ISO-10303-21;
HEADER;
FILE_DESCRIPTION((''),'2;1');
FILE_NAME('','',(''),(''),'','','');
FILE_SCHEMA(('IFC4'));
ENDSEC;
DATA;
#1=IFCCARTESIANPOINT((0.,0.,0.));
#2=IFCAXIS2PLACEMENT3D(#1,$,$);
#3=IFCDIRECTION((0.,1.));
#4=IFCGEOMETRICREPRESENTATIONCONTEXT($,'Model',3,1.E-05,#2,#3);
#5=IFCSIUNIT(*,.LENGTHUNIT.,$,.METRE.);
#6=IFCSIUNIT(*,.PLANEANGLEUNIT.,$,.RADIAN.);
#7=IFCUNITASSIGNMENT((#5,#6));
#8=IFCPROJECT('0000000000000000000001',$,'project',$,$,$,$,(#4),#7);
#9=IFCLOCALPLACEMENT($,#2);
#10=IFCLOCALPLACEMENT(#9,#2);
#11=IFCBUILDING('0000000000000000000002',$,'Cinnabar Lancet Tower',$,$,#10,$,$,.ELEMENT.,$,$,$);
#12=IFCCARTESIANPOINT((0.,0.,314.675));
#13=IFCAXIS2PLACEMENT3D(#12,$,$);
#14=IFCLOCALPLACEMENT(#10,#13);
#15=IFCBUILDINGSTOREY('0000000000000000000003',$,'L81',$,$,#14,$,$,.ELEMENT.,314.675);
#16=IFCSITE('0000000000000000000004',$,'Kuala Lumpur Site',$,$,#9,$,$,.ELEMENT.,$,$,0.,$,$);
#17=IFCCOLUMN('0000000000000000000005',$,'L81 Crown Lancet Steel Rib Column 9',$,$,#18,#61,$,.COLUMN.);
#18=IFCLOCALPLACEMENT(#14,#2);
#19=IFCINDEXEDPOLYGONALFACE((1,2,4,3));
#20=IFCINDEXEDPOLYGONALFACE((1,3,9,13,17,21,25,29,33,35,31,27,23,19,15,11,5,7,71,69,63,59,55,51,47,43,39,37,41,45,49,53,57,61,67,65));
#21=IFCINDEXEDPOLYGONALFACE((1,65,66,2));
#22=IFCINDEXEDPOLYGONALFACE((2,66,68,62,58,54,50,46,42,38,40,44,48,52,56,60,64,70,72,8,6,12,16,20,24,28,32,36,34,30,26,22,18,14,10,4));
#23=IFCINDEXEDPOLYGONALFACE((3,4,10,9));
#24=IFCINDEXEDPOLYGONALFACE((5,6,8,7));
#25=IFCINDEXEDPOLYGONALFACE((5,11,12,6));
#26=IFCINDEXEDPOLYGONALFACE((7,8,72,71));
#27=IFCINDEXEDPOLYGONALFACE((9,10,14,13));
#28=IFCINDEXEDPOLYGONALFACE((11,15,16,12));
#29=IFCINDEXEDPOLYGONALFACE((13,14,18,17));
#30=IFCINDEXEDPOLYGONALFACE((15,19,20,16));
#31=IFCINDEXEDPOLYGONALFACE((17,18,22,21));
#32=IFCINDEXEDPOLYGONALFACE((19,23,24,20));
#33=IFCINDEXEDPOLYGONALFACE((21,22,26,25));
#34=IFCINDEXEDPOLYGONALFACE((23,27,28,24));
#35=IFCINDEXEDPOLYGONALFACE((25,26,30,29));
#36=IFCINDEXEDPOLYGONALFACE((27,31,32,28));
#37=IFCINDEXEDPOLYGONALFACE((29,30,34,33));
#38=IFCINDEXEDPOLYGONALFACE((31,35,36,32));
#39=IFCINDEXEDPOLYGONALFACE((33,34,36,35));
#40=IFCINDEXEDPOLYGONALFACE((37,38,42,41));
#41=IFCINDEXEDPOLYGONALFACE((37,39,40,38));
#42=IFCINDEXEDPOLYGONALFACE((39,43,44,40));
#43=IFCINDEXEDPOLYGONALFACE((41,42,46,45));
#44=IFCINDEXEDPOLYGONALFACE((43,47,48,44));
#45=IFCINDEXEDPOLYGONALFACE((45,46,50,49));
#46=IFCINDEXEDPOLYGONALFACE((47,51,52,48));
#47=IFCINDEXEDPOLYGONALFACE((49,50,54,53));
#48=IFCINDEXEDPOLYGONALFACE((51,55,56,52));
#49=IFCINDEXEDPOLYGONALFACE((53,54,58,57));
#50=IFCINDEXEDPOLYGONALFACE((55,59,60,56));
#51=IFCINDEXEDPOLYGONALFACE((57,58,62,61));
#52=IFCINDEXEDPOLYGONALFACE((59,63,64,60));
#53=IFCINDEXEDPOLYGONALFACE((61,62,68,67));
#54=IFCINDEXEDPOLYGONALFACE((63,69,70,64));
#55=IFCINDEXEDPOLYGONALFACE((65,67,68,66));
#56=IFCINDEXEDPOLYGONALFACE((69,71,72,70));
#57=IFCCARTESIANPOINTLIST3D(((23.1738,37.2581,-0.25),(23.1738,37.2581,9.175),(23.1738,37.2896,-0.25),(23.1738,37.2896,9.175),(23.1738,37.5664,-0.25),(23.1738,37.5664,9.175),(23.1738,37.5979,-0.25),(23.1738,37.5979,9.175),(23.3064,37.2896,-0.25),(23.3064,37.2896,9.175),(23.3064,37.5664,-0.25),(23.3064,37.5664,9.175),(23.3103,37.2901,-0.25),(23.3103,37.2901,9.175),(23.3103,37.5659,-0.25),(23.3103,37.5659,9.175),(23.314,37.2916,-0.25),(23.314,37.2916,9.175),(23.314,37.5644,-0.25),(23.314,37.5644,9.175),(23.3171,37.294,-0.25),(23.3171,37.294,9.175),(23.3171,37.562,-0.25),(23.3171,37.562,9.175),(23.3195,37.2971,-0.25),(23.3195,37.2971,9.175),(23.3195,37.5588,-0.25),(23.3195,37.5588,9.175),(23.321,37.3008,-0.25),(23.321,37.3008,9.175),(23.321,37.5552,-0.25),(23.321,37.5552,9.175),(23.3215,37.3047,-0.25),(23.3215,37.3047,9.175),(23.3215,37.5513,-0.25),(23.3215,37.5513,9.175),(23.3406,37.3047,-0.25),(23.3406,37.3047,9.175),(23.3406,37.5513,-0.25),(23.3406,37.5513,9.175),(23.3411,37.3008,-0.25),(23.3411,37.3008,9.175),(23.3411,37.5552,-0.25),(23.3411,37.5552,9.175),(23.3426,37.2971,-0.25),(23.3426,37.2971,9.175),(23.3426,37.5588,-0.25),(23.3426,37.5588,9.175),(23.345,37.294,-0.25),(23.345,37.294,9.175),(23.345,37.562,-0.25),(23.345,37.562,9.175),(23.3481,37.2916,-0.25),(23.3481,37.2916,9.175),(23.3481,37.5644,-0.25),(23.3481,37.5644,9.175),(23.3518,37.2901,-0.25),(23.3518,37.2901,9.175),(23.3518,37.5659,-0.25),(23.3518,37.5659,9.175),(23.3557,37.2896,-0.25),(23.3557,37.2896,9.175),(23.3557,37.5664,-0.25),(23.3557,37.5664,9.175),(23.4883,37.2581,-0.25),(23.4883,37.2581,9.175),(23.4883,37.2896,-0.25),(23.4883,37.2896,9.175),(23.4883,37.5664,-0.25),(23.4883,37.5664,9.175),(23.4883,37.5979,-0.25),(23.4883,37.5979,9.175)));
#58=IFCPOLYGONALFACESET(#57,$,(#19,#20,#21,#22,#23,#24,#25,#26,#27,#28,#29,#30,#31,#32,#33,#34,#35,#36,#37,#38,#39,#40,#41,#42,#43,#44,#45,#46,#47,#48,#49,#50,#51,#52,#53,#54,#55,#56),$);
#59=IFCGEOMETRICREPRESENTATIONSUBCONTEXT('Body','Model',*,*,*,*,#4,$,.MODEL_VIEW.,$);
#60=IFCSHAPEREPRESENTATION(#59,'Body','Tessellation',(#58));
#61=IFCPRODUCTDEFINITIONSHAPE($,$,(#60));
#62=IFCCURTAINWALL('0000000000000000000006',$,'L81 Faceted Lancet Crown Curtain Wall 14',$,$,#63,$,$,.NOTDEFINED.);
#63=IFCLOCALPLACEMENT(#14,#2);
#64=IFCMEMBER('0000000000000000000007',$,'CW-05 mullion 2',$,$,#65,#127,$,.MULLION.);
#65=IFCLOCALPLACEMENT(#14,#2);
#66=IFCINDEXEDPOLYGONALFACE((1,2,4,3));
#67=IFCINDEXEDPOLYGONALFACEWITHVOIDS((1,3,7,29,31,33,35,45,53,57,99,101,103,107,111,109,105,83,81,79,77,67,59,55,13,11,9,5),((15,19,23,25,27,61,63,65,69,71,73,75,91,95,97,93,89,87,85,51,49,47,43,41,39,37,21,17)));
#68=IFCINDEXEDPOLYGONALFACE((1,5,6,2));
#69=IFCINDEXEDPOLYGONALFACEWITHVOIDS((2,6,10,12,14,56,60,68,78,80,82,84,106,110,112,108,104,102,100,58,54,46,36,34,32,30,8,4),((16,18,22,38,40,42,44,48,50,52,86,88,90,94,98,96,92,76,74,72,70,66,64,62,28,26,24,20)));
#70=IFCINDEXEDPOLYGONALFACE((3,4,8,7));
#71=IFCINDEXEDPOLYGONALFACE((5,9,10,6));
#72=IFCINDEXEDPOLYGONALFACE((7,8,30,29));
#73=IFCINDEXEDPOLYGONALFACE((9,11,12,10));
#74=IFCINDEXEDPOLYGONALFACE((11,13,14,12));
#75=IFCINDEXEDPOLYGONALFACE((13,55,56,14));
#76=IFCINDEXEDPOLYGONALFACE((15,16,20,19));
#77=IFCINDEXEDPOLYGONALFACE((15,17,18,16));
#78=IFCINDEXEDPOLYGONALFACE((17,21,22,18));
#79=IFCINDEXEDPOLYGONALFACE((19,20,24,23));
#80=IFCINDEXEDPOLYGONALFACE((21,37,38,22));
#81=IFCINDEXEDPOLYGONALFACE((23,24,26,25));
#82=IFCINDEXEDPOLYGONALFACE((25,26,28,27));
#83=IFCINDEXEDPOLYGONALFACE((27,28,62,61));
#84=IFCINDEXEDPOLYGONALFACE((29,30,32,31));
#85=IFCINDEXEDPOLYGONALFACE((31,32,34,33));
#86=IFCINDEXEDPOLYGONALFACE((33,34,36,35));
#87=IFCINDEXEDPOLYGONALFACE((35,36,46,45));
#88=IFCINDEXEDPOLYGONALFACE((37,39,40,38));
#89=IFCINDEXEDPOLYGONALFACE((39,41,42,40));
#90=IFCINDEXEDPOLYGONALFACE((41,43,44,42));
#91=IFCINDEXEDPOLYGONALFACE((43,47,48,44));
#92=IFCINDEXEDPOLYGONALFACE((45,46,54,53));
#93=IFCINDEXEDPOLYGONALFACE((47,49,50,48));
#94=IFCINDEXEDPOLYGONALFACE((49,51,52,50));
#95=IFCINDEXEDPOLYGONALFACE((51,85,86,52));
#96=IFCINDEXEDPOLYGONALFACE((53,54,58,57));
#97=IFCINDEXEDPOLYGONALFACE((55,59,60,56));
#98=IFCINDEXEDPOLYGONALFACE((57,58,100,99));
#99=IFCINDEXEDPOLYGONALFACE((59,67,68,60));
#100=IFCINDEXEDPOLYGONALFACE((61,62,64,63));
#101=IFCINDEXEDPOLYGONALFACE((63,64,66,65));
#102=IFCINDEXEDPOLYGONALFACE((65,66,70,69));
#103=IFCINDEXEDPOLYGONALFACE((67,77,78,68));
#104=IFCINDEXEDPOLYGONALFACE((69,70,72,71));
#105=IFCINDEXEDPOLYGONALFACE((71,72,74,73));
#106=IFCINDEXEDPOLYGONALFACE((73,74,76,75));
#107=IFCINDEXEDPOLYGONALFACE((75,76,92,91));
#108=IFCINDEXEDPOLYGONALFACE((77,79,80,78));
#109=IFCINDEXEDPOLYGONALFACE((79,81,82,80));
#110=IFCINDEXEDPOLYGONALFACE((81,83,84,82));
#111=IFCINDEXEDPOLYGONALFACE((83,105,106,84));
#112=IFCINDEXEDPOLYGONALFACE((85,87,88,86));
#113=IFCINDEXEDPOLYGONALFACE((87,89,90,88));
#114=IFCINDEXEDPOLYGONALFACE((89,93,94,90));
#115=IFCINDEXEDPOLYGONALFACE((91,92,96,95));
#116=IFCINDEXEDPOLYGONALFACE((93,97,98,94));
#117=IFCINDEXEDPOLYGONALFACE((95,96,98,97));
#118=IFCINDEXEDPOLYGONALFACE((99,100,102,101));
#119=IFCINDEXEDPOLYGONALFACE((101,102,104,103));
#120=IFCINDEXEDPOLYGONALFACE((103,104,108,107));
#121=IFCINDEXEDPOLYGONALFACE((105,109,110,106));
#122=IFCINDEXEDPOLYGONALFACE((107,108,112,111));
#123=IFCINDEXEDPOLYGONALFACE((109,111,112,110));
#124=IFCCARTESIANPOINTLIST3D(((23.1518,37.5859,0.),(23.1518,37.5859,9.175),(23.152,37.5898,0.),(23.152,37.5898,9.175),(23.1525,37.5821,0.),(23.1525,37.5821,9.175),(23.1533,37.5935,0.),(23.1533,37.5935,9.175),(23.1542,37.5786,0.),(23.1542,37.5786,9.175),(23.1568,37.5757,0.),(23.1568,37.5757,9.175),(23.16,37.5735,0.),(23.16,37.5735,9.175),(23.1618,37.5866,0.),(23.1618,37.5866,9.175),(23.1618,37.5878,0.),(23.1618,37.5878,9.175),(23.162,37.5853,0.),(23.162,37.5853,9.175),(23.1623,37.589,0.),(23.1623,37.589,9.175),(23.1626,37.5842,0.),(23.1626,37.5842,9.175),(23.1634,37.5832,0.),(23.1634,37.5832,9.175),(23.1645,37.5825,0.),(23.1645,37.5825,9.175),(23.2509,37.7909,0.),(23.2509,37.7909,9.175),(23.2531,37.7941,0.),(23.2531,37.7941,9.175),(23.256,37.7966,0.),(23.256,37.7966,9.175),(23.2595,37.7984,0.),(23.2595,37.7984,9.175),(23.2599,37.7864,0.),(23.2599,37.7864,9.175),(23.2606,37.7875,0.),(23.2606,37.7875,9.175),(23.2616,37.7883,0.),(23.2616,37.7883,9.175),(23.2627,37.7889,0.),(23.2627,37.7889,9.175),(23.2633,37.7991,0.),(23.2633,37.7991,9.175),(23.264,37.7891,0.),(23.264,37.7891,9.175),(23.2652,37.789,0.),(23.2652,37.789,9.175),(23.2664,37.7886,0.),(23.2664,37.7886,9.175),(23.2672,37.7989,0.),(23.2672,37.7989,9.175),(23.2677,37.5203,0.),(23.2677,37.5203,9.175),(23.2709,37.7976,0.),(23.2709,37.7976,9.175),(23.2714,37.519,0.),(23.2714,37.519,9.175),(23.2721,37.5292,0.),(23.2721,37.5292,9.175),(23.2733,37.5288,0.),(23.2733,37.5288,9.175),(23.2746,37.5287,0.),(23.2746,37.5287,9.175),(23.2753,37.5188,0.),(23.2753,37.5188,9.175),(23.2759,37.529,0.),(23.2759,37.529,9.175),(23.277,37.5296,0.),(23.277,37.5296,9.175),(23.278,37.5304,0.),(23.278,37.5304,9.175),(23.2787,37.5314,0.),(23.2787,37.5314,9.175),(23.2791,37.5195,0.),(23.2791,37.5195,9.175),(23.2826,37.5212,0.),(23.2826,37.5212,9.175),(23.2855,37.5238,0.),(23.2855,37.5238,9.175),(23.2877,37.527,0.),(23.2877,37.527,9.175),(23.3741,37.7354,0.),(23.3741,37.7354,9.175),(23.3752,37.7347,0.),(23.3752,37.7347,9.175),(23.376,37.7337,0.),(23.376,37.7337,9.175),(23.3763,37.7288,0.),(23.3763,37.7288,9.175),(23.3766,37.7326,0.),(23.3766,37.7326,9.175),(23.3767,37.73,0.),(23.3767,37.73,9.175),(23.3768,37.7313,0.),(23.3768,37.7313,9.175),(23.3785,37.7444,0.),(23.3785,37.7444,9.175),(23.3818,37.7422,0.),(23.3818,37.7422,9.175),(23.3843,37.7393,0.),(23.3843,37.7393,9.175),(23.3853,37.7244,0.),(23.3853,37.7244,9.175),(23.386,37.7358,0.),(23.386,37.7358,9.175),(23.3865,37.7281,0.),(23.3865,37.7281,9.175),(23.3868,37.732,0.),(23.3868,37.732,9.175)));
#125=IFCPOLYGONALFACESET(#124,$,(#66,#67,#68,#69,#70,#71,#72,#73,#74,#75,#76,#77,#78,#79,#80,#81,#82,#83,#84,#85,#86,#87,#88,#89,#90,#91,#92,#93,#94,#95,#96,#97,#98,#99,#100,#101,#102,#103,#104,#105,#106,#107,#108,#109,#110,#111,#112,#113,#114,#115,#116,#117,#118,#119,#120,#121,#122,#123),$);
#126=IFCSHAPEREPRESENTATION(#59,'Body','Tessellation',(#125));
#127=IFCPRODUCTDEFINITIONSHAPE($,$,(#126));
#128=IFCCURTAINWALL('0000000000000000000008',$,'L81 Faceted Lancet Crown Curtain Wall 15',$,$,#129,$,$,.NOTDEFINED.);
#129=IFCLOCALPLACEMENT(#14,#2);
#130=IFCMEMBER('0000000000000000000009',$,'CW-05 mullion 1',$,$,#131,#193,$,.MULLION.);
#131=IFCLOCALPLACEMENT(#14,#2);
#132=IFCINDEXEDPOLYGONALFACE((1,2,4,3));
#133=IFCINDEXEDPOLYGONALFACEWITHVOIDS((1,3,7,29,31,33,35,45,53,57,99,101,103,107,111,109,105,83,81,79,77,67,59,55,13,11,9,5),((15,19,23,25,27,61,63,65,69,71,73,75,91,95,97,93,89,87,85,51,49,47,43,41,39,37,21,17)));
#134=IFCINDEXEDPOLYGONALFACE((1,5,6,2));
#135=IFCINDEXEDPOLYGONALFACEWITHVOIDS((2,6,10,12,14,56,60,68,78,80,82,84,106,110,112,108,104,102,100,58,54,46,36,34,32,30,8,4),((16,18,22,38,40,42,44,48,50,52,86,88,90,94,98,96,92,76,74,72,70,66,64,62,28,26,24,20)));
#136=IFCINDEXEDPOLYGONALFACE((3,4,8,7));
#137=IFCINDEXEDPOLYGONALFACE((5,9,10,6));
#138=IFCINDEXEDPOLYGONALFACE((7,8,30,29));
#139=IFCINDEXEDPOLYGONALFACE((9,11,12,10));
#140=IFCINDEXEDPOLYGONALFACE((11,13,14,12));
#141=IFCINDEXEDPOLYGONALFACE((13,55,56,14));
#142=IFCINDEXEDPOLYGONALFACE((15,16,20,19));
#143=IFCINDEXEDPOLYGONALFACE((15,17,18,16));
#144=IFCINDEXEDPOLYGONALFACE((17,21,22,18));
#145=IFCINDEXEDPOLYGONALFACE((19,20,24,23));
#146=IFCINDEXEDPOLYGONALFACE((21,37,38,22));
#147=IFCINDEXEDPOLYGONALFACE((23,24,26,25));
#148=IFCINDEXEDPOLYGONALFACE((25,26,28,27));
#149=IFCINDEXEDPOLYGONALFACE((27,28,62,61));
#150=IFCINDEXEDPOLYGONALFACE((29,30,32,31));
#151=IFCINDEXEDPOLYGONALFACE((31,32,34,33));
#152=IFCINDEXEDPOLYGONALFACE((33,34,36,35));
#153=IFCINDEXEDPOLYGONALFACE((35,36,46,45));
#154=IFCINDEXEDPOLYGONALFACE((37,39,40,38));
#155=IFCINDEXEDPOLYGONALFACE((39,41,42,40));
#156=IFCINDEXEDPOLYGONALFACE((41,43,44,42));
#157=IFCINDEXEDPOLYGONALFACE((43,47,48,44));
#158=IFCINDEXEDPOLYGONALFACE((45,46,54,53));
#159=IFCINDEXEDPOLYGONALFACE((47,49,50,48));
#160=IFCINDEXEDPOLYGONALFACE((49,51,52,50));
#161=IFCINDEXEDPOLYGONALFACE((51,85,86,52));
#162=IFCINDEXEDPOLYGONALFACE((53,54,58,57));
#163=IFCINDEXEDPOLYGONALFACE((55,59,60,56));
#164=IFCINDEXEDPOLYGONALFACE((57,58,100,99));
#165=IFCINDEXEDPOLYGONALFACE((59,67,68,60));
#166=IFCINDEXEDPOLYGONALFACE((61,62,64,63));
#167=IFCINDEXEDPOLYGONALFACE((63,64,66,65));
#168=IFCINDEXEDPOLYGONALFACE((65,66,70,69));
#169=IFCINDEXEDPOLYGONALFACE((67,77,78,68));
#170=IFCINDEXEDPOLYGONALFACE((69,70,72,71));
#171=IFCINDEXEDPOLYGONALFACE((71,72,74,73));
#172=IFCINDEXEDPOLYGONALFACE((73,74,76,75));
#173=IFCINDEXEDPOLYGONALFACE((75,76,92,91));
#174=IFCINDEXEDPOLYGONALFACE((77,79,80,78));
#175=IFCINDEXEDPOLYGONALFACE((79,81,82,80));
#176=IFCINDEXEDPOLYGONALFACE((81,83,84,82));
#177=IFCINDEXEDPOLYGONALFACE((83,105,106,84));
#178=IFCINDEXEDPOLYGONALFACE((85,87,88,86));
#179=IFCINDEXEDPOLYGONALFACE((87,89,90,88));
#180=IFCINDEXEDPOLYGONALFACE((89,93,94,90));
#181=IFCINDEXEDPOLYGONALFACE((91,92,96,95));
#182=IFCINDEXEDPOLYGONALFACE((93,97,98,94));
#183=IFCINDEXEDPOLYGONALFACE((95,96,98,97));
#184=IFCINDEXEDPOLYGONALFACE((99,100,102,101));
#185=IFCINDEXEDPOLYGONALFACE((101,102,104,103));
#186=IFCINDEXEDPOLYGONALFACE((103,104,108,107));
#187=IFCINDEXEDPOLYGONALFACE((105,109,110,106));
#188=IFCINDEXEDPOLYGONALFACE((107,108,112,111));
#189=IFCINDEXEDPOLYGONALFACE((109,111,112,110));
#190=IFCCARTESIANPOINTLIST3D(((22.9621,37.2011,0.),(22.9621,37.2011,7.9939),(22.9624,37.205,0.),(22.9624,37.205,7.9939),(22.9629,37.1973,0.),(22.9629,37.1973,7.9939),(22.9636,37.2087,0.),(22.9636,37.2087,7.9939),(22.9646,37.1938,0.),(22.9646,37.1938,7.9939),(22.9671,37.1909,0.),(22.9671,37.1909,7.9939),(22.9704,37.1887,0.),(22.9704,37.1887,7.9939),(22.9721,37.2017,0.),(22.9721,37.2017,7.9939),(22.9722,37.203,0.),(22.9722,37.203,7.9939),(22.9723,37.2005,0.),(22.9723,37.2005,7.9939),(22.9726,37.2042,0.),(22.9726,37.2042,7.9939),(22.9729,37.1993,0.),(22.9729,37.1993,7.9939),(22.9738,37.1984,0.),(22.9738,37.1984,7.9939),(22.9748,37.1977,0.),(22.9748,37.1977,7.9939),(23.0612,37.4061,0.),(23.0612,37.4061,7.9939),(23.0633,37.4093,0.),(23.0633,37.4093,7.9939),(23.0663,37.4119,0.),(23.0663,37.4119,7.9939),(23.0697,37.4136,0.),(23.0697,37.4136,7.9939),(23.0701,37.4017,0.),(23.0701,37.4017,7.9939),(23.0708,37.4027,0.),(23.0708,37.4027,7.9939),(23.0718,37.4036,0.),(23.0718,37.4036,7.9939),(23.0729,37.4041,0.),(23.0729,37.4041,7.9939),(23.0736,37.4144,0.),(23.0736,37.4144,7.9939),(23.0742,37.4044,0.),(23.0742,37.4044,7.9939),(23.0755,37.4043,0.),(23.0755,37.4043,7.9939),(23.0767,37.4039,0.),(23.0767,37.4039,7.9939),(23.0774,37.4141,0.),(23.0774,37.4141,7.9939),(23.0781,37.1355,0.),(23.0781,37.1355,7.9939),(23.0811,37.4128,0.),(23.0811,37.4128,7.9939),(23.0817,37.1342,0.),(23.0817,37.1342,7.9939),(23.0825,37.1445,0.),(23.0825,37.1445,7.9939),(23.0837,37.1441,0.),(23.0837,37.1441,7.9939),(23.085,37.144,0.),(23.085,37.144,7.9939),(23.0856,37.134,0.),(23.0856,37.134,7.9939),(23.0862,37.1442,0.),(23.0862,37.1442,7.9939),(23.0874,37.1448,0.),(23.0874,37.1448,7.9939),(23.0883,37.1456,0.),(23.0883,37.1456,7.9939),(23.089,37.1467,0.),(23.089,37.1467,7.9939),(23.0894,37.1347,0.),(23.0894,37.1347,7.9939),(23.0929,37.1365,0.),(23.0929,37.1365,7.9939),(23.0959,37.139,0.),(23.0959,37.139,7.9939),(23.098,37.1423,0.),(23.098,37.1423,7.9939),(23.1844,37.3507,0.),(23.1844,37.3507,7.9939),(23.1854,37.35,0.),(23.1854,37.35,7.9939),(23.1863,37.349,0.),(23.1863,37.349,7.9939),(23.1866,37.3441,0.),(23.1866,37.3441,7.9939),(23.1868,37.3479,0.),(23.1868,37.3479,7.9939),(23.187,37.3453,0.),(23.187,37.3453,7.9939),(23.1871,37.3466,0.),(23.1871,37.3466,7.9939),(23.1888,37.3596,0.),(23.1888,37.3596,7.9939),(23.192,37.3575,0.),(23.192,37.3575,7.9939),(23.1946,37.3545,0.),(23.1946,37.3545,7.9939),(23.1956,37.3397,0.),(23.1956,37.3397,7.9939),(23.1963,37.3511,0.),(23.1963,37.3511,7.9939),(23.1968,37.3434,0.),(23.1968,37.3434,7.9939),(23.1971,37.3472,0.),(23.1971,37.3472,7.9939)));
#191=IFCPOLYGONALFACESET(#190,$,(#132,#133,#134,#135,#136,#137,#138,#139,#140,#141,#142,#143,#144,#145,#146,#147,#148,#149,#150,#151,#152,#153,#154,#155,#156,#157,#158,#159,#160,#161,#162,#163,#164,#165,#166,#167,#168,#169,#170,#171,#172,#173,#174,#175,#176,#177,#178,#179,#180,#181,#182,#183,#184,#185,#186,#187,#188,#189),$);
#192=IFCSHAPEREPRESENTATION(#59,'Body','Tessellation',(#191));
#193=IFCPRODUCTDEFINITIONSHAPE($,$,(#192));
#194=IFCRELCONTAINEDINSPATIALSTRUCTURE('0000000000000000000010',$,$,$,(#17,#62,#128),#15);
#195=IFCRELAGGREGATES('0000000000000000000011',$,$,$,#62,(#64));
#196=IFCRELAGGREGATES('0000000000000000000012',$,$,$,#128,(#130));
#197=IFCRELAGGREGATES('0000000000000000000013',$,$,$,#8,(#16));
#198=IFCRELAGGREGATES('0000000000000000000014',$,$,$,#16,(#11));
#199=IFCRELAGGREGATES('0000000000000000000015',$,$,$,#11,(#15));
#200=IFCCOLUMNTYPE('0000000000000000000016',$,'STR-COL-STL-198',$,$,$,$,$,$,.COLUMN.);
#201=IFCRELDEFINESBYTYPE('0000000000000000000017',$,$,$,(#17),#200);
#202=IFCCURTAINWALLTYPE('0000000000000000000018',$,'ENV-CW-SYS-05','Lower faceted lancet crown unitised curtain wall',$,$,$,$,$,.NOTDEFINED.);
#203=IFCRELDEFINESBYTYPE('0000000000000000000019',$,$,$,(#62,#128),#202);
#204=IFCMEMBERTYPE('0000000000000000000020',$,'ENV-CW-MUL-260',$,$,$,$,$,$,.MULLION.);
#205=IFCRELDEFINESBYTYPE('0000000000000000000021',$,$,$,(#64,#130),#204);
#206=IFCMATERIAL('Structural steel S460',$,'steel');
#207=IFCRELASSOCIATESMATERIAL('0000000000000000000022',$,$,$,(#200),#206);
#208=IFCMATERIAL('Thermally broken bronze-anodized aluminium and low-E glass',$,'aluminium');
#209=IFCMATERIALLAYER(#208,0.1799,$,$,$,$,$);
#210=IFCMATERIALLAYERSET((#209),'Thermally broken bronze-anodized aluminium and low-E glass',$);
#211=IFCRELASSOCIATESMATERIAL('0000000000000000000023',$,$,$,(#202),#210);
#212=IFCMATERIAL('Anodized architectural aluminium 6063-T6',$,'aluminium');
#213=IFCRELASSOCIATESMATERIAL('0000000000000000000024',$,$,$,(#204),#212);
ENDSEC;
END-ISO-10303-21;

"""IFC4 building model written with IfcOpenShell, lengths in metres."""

from ifc_helpers import new_model, si_unit, direction, frame, origin, origin_2d, place, context, subcontext, project, spatial, hollow_rectangle, i_section, extrude, material, layer, layer_set, material_profile, profile_set, type_object, element, aggregate, save


model = new_model("IFC4")

# Units and contexts
model_context = context("Model", 3, precision=1e-05, world=origin(), true_north=direction((0.0, 1.0)))
body_context = subcontext(model_context, "Body", "Model", "MODEL_VIEW")
ifc_project = project(units=[si_unit("LENGTHUNIT", "METRE"), si_unit("PLANEANGLEUNIT", "RADIAN")], contexts=[model_context])

# Site, building, storey
site_placement = place(None, origin())
site = spatial("IfcSite", under=ifc_project, at=site_placement, Name="Kuala Lumpur Site", CompositionType="ELEMENT", RefElevation=0.0)
building_placement = place(site_placement, origin())
building = spatial("IfcBuilding", under=site, at=building_placement, Name="Cinnabar Lancet Tower", CompositionType="ELEMENT")
storey_placement = place(building_placement, frame((0.0, 0.0, 314.675)))
storey = spatial("IfcBuildingStorey", under=building, at=storey_placement, Name="L81", CompositionType="ELEMENT", Elevation=314.675)

# Column
ifc_material_1 = material(Name="Structural steel S460", Category="steel")
ifc_material_profile_1 = material_profile(ifc_material_1, i_section(OverallWidth=0.3145, OverallDepth=0.3398, WebThickness=0.019, FlangeThickness=0.0315, FilletRadius=0.0151, at=origin_2d()), Name="UKC 305x305x198")
ifc_profile_set_1 = profile_set([ifc_material_profile_1], Name="Structural steel S460")
column_type = type_object("IfcColumnType", Name="STR-COL-STL-198", PredefinedType="COLUMN", material=ifc_profile_set_1)
column_placement = place(storey_placement, frame((23.3311, 37.428, -0.25), z_axis=(0.0, 0.0, 1.0), x_axis=(1.0, 0.0, 0.0)))
element("IfcColumn", 1, at=column_placement, inside=storey, type_object=column_type, Name="L81 Crown Lancet Steel Rib Column 9", PredefinedType="COLUMN", context=body_context, shape_type="SweptSolid", body=[
    extrude(i_section(OverallWidth=0.3145, OverallDepth=0.3398, WebThickness=0.019, FlangeThickness=0.0315, FilletRadius=0.0151, at=origin_2d()), origin(), (0.0, 0.0, 1.0), 9.425),
])

# Curtain wall, member
ifc_material_2 = material(Name="Thermally broken bronze-anodized aluminium and low-E glass", Category="aluminium")
ifc_layer_1 = layer(ifc_material_2, 0.1799)
ifc_layer_set_1 = layer_set([ifc_layer_1], Name="Thermally broken bronze-anodized aluminium and low-E glass")
curtain_wall_type = type_object("IfcCurtainWallType", Name="ENV-CW-SYS-05", Description="Lower faceted lancet crown unitised curtain wall", PredefinedType="NOTDEFINED", material=ifc_layer_set_1)
curtain_wall_1_placement = place(storey_placement, origin())
curtain_wall_1 = element("IfcCurtainWall", 2, at=curtain_wall_1_placement, inside=storey, type_object=curtain_wall_type, Name="L81 Faceted Lancet Crown Curtain Wall 14", PredefinedType="NOTDEFINED")
ifc_material_3 = material(Name="Anodized architectural aluminium 6063-T6", Category="aluminium")
ifc_material_profile_2 = material_profile(ifc_material_3, hollow_rectangle(XDim=0.1499, YDim=0.25, WallThickness=0.01, InnerFilletRadius=0.0049, OuterFilletRadius=0.0149, at=origin_2d()), Name="RHS 250x150x10")
ifc_profile_set_2 = profile_set([ifc_material_profile_2], Name="Anodized architectural aluminium 6063-T6")
member_type_1 = type_object("IfcMemberType", Name="ENV-CW-MUL-260", PredefinedType="MULLION", material=ifc_profile_set_2)
member_1_placement = place(storey_placement, frame((23.2693, 37.6589, 0.0), z_axis=(0.0, 0.0, 1.0), x_axis=(0.896343, -0.443362, 0.0)))
member_1 = element("IfcMember", 3, at=member_1_placement, type_object=member_type_1, Name="CW-05 mullion 2", PredefinedType="MULLION", context=body_context, shape_type="SweptSolid", body=[
    extrude(hollow_rectangle(XDim=0.1499, YDim=0.25, WallThickness=0.01, InnerFilletRadius=0.0049, OuterFilletRadius=0.0149, at=origin_2d()), origin(), (0.0, 0.0, 1.0), 9.175),
])
aggregate(curtain_wall_1, [member_1])

# Curtain wall, member
curtain_wall_2_placement = place(storey_placement, origin())
curtain_wall_2 = element("IfcCurtainWall", 4, at=curtain_wall_2_placement, inside=storey, type_object=curtain_wall_type, Name="L81 Faceted Lancet Crown Curtain Wall 15", PredefinedType="NOTDEFINED")
member_2_placement = place(storey_placement, frame((23.0796, 37.2742, 0.0), z_axis=(0.0, 0.0, 1.0), x_axis=(0.896552, -0.442939, 0.0)))
member_2 = element("IfcMember", 5, at=member_2_placement, type_object=member_type_1, Name="CW-05 mullion 1", PredefinedType="MULLION", context=body_context, shape_type="SweptSolid", body=[
    extrude(hollow_rectangle(XDim=0.1499, YDim=0.25, WallThickness=0.01, InnerFilletRadius=0.0049, OuterFilletRadius=0.0149, at=origin_2d()), origin(), (0.0, 0.0, 1.0), 7.9939),
])
aggregate(curtain_wall_2, [member_2])

save(model, "model.ifc")
